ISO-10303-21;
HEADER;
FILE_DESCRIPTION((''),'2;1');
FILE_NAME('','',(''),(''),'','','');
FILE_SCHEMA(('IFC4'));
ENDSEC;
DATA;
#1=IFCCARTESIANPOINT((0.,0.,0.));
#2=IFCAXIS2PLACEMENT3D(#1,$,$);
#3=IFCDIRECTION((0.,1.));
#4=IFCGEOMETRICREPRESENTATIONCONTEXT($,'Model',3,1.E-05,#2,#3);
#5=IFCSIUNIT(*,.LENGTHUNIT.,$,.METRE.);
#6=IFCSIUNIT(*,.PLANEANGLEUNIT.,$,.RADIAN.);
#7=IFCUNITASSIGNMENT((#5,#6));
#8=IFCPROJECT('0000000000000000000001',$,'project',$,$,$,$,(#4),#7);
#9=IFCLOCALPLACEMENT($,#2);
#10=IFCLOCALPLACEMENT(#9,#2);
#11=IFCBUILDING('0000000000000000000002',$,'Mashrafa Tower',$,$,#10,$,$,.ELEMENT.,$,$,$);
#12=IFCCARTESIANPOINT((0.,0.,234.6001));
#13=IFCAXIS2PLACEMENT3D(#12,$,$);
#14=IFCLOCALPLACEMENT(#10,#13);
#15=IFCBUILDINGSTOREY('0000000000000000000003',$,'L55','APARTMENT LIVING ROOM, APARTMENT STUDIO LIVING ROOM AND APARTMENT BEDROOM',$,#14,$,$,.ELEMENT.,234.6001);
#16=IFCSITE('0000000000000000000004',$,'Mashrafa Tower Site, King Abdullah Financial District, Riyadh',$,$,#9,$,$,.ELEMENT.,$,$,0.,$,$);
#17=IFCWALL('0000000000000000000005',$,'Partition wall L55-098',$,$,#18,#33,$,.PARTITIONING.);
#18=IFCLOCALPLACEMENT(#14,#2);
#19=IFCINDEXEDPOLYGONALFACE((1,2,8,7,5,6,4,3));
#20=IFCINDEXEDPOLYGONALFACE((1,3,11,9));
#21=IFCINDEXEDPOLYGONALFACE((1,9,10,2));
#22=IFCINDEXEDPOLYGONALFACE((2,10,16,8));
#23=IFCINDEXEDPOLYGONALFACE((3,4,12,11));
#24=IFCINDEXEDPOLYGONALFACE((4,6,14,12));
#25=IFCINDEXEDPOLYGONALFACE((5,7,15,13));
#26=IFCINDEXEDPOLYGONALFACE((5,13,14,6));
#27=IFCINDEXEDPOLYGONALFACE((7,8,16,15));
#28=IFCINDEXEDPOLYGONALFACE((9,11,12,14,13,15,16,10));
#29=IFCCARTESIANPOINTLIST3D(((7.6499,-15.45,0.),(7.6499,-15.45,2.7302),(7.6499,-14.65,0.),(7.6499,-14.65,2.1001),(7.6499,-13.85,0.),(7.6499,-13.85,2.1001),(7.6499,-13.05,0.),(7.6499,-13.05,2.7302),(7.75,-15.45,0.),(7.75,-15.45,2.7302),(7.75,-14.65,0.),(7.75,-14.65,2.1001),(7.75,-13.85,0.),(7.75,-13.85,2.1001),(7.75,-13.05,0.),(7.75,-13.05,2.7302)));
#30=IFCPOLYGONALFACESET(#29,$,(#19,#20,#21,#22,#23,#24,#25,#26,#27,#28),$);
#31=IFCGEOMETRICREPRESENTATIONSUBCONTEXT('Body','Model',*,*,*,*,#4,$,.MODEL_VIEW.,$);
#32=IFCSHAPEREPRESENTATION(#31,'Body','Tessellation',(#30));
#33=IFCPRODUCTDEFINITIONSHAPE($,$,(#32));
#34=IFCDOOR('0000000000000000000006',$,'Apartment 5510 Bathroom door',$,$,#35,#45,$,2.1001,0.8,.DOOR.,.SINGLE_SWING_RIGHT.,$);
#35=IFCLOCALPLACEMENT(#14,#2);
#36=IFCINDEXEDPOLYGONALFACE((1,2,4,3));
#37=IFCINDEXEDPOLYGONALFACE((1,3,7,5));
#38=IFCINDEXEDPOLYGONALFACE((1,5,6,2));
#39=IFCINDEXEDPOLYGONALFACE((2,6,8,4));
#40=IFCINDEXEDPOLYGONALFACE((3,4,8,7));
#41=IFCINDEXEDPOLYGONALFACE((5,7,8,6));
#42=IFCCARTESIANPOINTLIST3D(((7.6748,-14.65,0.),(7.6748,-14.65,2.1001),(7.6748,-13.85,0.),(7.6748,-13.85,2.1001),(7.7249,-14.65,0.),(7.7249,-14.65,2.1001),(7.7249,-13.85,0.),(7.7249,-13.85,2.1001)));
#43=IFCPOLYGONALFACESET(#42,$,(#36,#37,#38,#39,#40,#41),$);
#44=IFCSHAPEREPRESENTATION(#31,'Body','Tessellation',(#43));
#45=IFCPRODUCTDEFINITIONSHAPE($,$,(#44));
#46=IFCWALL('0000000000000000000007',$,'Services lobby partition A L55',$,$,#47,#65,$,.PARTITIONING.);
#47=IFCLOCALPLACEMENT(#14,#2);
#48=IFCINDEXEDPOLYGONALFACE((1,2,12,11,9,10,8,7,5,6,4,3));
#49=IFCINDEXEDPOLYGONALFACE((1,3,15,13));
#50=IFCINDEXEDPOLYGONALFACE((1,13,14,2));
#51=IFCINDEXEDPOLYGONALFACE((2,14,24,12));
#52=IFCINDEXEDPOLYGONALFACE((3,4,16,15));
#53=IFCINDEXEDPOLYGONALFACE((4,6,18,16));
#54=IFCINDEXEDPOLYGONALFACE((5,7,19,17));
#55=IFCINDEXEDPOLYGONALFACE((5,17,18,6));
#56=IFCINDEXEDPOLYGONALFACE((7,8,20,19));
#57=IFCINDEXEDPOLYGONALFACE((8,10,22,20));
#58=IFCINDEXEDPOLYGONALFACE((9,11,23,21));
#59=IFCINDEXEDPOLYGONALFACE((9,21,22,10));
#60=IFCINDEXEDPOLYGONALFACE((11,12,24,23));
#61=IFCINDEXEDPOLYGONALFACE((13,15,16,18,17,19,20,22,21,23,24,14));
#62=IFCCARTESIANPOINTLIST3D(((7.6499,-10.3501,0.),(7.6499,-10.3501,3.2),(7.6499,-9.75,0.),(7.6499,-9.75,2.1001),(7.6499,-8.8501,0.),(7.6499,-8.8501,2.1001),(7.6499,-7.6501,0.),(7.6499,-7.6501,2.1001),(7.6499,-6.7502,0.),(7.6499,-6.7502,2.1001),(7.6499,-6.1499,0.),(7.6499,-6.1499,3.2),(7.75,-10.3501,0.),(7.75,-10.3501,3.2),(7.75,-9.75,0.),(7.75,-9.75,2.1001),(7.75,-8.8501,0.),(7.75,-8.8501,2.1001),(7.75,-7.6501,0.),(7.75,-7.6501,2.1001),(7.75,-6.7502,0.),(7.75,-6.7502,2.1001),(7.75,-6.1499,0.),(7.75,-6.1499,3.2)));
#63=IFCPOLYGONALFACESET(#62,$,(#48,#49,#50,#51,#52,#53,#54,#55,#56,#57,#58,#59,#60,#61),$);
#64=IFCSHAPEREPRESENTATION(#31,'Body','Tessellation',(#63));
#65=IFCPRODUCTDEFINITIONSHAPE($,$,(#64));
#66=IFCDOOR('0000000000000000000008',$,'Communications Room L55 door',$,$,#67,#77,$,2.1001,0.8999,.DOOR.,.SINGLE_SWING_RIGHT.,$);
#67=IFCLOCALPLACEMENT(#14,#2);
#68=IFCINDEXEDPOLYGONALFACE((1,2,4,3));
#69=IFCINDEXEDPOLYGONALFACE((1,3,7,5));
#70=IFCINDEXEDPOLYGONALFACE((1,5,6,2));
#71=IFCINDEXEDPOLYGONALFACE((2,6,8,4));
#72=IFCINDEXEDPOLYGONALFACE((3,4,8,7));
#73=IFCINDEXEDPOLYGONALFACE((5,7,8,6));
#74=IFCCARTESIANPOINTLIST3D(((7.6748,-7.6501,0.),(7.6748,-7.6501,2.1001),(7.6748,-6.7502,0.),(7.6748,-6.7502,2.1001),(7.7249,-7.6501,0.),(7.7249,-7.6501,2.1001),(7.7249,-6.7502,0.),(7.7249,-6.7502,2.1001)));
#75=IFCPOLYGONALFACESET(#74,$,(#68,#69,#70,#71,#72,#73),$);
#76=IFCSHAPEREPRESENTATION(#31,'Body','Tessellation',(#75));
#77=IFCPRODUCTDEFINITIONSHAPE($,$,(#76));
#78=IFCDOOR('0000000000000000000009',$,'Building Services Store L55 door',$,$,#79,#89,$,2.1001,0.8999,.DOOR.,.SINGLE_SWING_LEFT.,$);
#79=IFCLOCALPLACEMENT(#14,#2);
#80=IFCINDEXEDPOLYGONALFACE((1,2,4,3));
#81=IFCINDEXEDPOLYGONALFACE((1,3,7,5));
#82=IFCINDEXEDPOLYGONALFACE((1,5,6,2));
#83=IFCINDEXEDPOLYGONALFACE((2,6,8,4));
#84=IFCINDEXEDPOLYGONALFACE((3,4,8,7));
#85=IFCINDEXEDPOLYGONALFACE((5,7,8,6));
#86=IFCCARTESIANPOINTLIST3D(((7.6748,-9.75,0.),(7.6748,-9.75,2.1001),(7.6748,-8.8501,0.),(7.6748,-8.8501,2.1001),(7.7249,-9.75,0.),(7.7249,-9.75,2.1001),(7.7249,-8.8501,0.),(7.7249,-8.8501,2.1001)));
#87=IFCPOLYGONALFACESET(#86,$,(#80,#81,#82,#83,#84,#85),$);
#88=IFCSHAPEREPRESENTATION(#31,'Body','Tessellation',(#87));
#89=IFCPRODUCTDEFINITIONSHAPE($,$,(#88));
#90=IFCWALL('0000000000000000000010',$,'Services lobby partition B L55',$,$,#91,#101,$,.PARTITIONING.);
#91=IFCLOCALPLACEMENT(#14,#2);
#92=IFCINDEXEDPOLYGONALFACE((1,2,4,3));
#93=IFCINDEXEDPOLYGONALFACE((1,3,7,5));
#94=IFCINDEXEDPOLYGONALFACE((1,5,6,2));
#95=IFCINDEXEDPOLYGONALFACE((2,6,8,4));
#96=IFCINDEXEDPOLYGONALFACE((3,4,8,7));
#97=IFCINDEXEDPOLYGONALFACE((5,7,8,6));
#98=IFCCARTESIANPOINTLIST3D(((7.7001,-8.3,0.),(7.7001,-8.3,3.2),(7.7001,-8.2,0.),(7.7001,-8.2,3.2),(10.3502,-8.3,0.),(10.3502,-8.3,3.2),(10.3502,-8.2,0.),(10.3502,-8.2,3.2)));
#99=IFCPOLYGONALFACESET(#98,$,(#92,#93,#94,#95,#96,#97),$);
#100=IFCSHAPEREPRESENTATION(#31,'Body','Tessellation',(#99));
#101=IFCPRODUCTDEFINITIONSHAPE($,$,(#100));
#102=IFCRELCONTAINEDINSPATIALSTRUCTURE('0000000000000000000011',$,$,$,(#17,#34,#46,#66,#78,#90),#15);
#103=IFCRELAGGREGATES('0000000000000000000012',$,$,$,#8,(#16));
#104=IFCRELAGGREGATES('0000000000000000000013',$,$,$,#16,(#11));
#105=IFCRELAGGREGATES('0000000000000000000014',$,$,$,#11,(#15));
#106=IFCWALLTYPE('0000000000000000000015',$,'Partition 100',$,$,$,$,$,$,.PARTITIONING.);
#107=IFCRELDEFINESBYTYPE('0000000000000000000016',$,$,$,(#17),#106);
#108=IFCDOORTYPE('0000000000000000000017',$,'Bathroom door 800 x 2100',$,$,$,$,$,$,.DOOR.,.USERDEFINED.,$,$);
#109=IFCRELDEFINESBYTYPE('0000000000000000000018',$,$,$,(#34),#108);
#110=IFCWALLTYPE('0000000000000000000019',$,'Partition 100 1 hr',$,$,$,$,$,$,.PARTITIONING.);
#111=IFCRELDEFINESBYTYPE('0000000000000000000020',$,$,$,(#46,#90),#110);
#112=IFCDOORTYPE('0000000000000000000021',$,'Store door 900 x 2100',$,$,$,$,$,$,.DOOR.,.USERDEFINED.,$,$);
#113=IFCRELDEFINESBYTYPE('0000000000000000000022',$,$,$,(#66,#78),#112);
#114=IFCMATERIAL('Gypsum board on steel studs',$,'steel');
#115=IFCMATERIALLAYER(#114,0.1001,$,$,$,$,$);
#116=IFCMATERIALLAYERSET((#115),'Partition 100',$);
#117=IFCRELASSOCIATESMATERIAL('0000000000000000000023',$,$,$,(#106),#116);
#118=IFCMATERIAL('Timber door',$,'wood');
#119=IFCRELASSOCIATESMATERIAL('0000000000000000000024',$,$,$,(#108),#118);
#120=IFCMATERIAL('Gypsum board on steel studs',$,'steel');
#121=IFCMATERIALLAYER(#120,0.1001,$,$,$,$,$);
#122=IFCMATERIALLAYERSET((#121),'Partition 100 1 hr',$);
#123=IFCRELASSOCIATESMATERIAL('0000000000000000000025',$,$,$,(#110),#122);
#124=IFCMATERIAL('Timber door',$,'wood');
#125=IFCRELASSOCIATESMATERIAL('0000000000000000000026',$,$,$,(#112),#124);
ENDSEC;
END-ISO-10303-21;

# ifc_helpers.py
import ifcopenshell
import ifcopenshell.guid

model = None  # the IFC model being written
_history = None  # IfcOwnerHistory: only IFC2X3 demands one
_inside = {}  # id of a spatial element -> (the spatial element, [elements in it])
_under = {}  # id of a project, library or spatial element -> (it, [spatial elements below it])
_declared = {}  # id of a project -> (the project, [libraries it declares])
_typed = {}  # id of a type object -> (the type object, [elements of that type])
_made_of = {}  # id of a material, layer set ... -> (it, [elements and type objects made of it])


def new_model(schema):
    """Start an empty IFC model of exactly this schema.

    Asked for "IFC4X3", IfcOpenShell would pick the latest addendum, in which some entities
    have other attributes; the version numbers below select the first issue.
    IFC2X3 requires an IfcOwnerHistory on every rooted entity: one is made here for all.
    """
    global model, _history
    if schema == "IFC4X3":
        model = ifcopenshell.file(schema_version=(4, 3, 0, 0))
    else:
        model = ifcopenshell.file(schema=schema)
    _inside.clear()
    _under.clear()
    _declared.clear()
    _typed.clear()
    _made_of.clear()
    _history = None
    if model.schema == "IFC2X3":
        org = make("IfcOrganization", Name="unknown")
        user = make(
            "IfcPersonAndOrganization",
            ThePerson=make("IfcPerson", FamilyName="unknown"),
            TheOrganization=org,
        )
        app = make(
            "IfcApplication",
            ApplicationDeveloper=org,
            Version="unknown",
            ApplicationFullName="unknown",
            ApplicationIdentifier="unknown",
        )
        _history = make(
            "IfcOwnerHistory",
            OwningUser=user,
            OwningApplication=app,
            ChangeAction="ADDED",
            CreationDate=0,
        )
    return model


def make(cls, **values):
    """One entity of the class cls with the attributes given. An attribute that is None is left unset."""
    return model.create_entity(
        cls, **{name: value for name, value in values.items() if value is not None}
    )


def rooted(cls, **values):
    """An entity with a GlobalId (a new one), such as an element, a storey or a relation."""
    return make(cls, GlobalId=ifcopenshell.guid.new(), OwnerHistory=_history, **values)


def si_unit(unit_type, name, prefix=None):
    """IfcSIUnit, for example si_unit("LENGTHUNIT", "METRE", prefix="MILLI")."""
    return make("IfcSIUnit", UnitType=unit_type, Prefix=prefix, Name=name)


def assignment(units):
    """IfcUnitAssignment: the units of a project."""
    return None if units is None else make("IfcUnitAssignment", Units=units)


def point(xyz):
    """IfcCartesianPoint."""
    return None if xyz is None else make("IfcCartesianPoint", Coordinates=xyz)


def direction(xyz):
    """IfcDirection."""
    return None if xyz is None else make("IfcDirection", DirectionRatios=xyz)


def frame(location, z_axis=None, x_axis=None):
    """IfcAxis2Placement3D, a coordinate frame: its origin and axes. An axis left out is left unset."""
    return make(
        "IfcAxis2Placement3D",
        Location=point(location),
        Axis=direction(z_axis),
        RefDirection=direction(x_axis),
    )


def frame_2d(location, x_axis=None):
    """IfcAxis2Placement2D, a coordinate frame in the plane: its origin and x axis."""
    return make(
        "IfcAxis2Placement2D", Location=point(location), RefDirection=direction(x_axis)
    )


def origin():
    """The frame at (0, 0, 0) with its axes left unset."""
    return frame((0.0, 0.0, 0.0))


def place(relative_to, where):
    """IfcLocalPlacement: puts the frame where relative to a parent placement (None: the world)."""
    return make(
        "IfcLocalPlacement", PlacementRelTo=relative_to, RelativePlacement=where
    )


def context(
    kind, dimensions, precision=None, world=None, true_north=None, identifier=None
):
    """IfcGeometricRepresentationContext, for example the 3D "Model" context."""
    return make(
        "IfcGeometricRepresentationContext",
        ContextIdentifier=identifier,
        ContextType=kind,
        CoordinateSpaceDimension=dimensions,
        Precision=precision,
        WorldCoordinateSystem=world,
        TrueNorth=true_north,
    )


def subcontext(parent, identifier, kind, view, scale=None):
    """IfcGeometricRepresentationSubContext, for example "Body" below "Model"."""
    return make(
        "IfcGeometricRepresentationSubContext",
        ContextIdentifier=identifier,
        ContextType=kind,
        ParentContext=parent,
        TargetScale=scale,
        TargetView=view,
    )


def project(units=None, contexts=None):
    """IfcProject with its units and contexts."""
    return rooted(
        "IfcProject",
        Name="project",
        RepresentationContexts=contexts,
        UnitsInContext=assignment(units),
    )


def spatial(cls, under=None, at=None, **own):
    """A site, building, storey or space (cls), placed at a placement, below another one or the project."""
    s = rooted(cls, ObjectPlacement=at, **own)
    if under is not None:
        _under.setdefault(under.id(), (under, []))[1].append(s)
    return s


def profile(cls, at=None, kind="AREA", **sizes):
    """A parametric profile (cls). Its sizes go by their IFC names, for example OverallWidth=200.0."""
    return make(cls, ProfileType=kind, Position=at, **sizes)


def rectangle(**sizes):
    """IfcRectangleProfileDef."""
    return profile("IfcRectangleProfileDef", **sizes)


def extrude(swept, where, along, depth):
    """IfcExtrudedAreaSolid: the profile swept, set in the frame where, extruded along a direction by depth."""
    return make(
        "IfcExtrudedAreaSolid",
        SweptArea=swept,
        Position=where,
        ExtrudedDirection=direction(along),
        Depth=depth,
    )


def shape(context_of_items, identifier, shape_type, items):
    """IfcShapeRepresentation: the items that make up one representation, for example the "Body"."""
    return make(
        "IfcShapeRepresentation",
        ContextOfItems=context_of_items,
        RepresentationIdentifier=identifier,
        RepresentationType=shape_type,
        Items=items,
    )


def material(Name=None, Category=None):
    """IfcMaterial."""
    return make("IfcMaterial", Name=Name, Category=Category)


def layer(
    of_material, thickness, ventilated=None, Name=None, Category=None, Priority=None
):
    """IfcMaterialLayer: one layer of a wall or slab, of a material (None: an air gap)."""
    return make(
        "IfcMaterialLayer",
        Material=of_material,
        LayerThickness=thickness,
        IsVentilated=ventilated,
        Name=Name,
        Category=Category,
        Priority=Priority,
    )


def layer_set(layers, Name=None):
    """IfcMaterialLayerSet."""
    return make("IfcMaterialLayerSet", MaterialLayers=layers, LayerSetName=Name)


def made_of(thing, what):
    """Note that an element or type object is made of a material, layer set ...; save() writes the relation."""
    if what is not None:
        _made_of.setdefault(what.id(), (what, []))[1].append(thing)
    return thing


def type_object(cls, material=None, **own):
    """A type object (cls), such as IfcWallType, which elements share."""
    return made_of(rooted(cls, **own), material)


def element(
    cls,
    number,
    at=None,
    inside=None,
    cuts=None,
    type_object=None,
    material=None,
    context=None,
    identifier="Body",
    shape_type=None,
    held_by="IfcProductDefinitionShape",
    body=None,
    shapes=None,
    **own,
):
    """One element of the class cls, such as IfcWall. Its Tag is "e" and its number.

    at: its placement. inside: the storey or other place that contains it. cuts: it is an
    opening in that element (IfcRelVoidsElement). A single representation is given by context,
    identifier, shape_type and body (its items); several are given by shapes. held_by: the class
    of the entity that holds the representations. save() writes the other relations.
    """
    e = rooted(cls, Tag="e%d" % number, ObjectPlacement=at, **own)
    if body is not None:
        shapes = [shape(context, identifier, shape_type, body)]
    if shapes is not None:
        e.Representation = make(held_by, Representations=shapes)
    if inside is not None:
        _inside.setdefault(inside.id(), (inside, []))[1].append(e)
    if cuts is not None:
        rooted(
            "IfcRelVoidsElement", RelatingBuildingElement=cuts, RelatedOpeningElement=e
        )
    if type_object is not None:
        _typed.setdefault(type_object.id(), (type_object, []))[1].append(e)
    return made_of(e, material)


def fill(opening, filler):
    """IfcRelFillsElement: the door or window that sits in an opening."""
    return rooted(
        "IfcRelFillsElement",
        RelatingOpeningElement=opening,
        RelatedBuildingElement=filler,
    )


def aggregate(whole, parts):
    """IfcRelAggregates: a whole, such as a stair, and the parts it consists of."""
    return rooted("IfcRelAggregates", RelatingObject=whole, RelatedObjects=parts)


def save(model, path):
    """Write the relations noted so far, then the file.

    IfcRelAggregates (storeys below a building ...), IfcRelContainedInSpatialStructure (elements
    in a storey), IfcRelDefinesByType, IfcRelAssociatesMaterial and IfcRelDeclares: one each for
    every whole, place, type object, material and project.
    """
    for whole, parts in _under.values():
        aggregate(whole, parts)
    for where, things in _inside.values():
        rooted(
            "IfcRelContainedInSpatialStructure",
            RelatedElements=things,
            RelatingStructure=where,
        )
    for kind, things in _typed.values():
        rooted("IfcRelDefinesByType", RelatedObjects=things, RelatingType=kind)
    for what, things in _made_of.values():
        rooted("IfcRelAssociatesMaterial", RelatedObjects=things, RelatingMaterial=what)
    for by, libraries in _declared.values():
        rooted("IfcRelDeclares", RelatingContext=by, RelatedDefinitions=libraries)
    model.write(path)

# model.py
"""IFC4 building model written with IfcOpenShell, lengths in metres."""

from ifc_helpers import new_model, si_unit, direction, frame, frame_2d, origin, place, context, subcontext, project, spatial, rectangle, extrude, material, layer, layer_set, type_object, element, fill, save


model = new_model("IFC4")

# Units and contexts
model_context = context("Model", 3, precision=1e-05, world=origin(), true_north=direction((0.0, 1.0)))
body_context = subcontext(model_context, "Body", "Model", "MODEL_VIEW")
ifc_project = project(units=[si_unit("LENGTHUNIT", "METRE"), si_unit("PLANEANGLEUNIT", "RADIAN")], contexts=[model_context])

# Site, building, storey
site_placement = place(None, origin())
site = spatial("IfcSite", under=ifc_project, at=site_placement, Name="Mashrafa Tower Site, King Abdullah Financial District, Riyadh", CompositionType="ELEMENT", RefElevation=0.0)
building_placement = place(site_placement, origin())
building = spatial("IfcBuilding", under=site, at=building_placement, Name="Mashrafa Tower", CompositionType="ELEMENT")
storey_placement = place(building_placement, frame((0.0, 0.0, 234.6001)))
storey = spatial("IfcBuildingStorey", under=building, at=storey_placement, Name="L55", Description="APARTMENT LIVING ROOM, APARTMENT STUDIO LIVING ROOM AND APARTMENT BEDROOM", CompositionType="ELEMENT", Elevation=234.6001)

# Shared definitions
ifc_material_1 = material(Name="Gypsum board on steel studs", Category="steel")
ifc_layer_1 = layer(ifc_material_1, 0.1001)
ifc_layer_set_1 = layer_set([ifc_layer_1], Name="Partition 100")
wall_type_1 = type_object("IfcWallType", Name="Partition 100", PredefinedType="PARTITIONING", material=ifc_layer_set_1)

# Wall, opening, door
wall_1_placement = place(storey_placement, frame((7.7, -13.05, 0.0), z_axis=(0.0, 0.0, 1.0), x_axis=(0.0, -1.0, 0.0)))
wall_1 = element("IfcWall", 1, at=wall_1_placement, inside=storey, type_object=wall_type_1, Name="Partition wall L55-098", PredefinedType="PARTITIONING", context=body_context, shape_type="SweptSolid", body=[
    extrude(rectangle(XDim=2.3999, YDim=0.1001, at=frame_2d((1.2, 0.0))), origin(), (0.0, 0.0, 1.0), 2.7302),
])
opening_1_placement = place(wall_1_placement, frame((0.8, 0.0, 0.0)))
opening_1 = element("IfcOpeningElement", 2, at=opening_1_placement, cuts=wall_1, PredefinedType="OPENING", context=body_context, shape_type="SweptSolid", body=[
    extrude(rectangle(XDim=0.8, YDim=2.1001, at=frame_2d((0.3999, 1.05))), frame((0.0, 0.0601, 0.0), z_axis=(0.0, -1.0, 0.0), x_axis=(1.0, 0.0, 0.0)), (0.0, 0.0, 1.0), 0.1201),
])
ifc_material_2 = material(Name="Timber door", Category="wood")
door_type_1 = type_object("IfcDoorType", Name="Bathroom door 800 x 2100", OperationType="USERDEFINED", PredefinedType="DOOR", material=ifc_material_2)
door_1_placement = place(opening_1_placement, origin())
door_1 = element("IfcDoor", 3, at=door_1_placement, inside=storey, type_object=door_type_1, Name="Apartment 5510 Bathroom door", OperationType="SINGLE_SWING_RIGHT", OverallHeight=2.1001, OverallWidth=0.8, PredefinedType="DOOR", context=body_context, shape_type="SweptSolid", body=[
    extrude(rectangle(XDim=0.8, YDim=2.1001, at=frame_2d((0.3999, 1.05))), frame((0.0, 0.0249, 0.0), z_axis=(0.0, -1.0, 0.0), x_axis=(1.0, 0.0, 0.0)), (0.0, 0.0, 1.0), 0.05),
])
fill(opening_1, door_1)

# Wall, openings, doors
ifc_material_3 = material(Name="Gypsum board on steel studs", Category="steel")
ifc_layer_2 = layer(ifc_material_3, 0.1001)
ifc_layer_set_2 = layer_set([ifc_layer_2], Name="Partition 100 1 hr")
wall_type_2 = type_object("IfcWallType", Name="Partition 100 1 hr", PredefinedType="PARTITIONING", material=ifc_layer_set_2)
wall_2_placement = place(storey_placement, frame((7.7, -10.3501, 0.0), z_axis=(0.0, 0.0, 1.0), x_axis=(0.0, 1.0, 0.0)))
wall_2 = element("IfcWall", 4, at=wall_2_placement, inside=storey, type_object=wall_type_2, Name="Services lobby partition A L55", PredefinedType="PARTITIONING", context=body_context, shape_type="SweptSolid", body=[
    extrude(rectangle(XDim=4.2002, YDim=0.1001, at=frame_2d((2.1001, 0.0))), origin(), (0.0, 0.0, 1.0), 3.2),
])
opening_2_placement = place(wall_2_placement, frame((2.7, 0.0, 0.0)))
opening_2 = element("IfcOpeningElement", 5, at=opening_2_placement, cuts=wall_2, PredefinedType="OPENING", context=body_context, shape_type="SweptSolid", body=[
    extrude(rectangle(XDim=0.8999, YDim=2.1001, at=frame_2d((0.45, 1.05))), frame((0.0, 0.0601, 0.0), z_axis=(0.0, -1.0, 0.0), x_axis=(1.0, 0.0, 0.0)), (0.0, 0.0, 1.0), 0.1201),
])
opening_3_placement = place(wall_2_placement, frame((0.6001, 0.0, 0.0)))
opening_3 = element("IfcOpeningElement", 6, at=opening_3_placement, cuts=wall_2, PredefinedType="OPENING", context=body_context, shape_type="SweptSolid", body=[
    extrude(rectangle(XDim=0.8999, YDim=2.1001, at=frame_2d((0.45, 1.05))), frame((0.0, 0.0601, 0.0), z_axis=(0.0, -1.0, 0.0), x_axis=(1.0, 0.0, 0.0)), (0.0, 0.0, 1.0), 0.1201),
])
ifc_material_4 = material(Name="Timber door", Category="wood")
door_type_2 = type_object("IfcDoorType", Name="Store door 900 x 2100", OperationType="USERDEFINED", PredefinedType="DOOR", material=ifc_material_4)
door_2_placement = place(opening_2_placement, frame((0.8999, 0.0, 0.0), z_axis=(0.0, 0.0, 1.0), x_axis=(-1.0, 0.0, 0.0)))
door_2 = element("IfcDoor", 7, at=door_2_placement, inside=storey, type_object=door_type_2, Name="Communications Room L55 door", OperationType="SINGLE_SWING_RIGHT", OverallHeight=2.1001, OverallWidth=0.8999, PredefinedType="DOOR", context=body_context, shape_type="SweptSolid", body=[
    extrude(rectangle(XDim=0.8999, YDim=2.1001, at=frame_2d((0.45, 1.05))), frame((0.0, 0.0249, 0.0), z_axis=(0.0, -1.0, 0.0), x_axis=(1.0, 0.0, 0.0)), (0.0, 0.0, 1.0), 0.05),
])
fill(opening_2, door_2)
door_3_placement = place(opening_3_placement, frame((0.8999, 0.0, 0.0), z_axis=(0.0, 0.0, 1.0), x_axis=(-1.0, 0.0, 0.0)))
door_3 = element("IfcDoor", 8, at=door_3_placement, inside=storey, type_object=door_type_2, Name="Building Services Store L55 door", OperationType="SINGLE_SWING_LEFT", OverallHeight=2.1001, OverallWidth=0.8999, PredefinedType="DOOR", context=body_context, shape_type="SweptSolid", body=[
    extrude(rectangle(XDim=0.8999, YDim=2.1001, at=frame_2d((0.45, 1.05))), frame((0.0, 0.0249, 0.0), z_axis=(0.0, -1.0, 0.0), x_axis=(1.0, 0.0, 0.0)), (0.0, 0.0, 1.0), 0.05),
])
fill(opening_3, door_3)

# Wall
wall_3_placement = place(storey_placement, frame((7.7, -8.25, 0.0), z_axis=(0.0, 0.0, 1.0), x_axis=(1.0, 0.0, 0.0)))
element("IfcWall", 9, at=wall_3_placement, inside=storey, type_object=wall_type_2, Name="Services lobby partition B L55", PredefinedType="PARTITIONING", context=body_context, shape_type="SweptSolid", body=[
    extrude(rectangle(XDim=2.6501, YDim=0.1001, at=frame_2d((1.3252, 0.0))), origin(), (0.0, 0.0, 1.0), 3.2),
])

save(model, "model.ifc")
